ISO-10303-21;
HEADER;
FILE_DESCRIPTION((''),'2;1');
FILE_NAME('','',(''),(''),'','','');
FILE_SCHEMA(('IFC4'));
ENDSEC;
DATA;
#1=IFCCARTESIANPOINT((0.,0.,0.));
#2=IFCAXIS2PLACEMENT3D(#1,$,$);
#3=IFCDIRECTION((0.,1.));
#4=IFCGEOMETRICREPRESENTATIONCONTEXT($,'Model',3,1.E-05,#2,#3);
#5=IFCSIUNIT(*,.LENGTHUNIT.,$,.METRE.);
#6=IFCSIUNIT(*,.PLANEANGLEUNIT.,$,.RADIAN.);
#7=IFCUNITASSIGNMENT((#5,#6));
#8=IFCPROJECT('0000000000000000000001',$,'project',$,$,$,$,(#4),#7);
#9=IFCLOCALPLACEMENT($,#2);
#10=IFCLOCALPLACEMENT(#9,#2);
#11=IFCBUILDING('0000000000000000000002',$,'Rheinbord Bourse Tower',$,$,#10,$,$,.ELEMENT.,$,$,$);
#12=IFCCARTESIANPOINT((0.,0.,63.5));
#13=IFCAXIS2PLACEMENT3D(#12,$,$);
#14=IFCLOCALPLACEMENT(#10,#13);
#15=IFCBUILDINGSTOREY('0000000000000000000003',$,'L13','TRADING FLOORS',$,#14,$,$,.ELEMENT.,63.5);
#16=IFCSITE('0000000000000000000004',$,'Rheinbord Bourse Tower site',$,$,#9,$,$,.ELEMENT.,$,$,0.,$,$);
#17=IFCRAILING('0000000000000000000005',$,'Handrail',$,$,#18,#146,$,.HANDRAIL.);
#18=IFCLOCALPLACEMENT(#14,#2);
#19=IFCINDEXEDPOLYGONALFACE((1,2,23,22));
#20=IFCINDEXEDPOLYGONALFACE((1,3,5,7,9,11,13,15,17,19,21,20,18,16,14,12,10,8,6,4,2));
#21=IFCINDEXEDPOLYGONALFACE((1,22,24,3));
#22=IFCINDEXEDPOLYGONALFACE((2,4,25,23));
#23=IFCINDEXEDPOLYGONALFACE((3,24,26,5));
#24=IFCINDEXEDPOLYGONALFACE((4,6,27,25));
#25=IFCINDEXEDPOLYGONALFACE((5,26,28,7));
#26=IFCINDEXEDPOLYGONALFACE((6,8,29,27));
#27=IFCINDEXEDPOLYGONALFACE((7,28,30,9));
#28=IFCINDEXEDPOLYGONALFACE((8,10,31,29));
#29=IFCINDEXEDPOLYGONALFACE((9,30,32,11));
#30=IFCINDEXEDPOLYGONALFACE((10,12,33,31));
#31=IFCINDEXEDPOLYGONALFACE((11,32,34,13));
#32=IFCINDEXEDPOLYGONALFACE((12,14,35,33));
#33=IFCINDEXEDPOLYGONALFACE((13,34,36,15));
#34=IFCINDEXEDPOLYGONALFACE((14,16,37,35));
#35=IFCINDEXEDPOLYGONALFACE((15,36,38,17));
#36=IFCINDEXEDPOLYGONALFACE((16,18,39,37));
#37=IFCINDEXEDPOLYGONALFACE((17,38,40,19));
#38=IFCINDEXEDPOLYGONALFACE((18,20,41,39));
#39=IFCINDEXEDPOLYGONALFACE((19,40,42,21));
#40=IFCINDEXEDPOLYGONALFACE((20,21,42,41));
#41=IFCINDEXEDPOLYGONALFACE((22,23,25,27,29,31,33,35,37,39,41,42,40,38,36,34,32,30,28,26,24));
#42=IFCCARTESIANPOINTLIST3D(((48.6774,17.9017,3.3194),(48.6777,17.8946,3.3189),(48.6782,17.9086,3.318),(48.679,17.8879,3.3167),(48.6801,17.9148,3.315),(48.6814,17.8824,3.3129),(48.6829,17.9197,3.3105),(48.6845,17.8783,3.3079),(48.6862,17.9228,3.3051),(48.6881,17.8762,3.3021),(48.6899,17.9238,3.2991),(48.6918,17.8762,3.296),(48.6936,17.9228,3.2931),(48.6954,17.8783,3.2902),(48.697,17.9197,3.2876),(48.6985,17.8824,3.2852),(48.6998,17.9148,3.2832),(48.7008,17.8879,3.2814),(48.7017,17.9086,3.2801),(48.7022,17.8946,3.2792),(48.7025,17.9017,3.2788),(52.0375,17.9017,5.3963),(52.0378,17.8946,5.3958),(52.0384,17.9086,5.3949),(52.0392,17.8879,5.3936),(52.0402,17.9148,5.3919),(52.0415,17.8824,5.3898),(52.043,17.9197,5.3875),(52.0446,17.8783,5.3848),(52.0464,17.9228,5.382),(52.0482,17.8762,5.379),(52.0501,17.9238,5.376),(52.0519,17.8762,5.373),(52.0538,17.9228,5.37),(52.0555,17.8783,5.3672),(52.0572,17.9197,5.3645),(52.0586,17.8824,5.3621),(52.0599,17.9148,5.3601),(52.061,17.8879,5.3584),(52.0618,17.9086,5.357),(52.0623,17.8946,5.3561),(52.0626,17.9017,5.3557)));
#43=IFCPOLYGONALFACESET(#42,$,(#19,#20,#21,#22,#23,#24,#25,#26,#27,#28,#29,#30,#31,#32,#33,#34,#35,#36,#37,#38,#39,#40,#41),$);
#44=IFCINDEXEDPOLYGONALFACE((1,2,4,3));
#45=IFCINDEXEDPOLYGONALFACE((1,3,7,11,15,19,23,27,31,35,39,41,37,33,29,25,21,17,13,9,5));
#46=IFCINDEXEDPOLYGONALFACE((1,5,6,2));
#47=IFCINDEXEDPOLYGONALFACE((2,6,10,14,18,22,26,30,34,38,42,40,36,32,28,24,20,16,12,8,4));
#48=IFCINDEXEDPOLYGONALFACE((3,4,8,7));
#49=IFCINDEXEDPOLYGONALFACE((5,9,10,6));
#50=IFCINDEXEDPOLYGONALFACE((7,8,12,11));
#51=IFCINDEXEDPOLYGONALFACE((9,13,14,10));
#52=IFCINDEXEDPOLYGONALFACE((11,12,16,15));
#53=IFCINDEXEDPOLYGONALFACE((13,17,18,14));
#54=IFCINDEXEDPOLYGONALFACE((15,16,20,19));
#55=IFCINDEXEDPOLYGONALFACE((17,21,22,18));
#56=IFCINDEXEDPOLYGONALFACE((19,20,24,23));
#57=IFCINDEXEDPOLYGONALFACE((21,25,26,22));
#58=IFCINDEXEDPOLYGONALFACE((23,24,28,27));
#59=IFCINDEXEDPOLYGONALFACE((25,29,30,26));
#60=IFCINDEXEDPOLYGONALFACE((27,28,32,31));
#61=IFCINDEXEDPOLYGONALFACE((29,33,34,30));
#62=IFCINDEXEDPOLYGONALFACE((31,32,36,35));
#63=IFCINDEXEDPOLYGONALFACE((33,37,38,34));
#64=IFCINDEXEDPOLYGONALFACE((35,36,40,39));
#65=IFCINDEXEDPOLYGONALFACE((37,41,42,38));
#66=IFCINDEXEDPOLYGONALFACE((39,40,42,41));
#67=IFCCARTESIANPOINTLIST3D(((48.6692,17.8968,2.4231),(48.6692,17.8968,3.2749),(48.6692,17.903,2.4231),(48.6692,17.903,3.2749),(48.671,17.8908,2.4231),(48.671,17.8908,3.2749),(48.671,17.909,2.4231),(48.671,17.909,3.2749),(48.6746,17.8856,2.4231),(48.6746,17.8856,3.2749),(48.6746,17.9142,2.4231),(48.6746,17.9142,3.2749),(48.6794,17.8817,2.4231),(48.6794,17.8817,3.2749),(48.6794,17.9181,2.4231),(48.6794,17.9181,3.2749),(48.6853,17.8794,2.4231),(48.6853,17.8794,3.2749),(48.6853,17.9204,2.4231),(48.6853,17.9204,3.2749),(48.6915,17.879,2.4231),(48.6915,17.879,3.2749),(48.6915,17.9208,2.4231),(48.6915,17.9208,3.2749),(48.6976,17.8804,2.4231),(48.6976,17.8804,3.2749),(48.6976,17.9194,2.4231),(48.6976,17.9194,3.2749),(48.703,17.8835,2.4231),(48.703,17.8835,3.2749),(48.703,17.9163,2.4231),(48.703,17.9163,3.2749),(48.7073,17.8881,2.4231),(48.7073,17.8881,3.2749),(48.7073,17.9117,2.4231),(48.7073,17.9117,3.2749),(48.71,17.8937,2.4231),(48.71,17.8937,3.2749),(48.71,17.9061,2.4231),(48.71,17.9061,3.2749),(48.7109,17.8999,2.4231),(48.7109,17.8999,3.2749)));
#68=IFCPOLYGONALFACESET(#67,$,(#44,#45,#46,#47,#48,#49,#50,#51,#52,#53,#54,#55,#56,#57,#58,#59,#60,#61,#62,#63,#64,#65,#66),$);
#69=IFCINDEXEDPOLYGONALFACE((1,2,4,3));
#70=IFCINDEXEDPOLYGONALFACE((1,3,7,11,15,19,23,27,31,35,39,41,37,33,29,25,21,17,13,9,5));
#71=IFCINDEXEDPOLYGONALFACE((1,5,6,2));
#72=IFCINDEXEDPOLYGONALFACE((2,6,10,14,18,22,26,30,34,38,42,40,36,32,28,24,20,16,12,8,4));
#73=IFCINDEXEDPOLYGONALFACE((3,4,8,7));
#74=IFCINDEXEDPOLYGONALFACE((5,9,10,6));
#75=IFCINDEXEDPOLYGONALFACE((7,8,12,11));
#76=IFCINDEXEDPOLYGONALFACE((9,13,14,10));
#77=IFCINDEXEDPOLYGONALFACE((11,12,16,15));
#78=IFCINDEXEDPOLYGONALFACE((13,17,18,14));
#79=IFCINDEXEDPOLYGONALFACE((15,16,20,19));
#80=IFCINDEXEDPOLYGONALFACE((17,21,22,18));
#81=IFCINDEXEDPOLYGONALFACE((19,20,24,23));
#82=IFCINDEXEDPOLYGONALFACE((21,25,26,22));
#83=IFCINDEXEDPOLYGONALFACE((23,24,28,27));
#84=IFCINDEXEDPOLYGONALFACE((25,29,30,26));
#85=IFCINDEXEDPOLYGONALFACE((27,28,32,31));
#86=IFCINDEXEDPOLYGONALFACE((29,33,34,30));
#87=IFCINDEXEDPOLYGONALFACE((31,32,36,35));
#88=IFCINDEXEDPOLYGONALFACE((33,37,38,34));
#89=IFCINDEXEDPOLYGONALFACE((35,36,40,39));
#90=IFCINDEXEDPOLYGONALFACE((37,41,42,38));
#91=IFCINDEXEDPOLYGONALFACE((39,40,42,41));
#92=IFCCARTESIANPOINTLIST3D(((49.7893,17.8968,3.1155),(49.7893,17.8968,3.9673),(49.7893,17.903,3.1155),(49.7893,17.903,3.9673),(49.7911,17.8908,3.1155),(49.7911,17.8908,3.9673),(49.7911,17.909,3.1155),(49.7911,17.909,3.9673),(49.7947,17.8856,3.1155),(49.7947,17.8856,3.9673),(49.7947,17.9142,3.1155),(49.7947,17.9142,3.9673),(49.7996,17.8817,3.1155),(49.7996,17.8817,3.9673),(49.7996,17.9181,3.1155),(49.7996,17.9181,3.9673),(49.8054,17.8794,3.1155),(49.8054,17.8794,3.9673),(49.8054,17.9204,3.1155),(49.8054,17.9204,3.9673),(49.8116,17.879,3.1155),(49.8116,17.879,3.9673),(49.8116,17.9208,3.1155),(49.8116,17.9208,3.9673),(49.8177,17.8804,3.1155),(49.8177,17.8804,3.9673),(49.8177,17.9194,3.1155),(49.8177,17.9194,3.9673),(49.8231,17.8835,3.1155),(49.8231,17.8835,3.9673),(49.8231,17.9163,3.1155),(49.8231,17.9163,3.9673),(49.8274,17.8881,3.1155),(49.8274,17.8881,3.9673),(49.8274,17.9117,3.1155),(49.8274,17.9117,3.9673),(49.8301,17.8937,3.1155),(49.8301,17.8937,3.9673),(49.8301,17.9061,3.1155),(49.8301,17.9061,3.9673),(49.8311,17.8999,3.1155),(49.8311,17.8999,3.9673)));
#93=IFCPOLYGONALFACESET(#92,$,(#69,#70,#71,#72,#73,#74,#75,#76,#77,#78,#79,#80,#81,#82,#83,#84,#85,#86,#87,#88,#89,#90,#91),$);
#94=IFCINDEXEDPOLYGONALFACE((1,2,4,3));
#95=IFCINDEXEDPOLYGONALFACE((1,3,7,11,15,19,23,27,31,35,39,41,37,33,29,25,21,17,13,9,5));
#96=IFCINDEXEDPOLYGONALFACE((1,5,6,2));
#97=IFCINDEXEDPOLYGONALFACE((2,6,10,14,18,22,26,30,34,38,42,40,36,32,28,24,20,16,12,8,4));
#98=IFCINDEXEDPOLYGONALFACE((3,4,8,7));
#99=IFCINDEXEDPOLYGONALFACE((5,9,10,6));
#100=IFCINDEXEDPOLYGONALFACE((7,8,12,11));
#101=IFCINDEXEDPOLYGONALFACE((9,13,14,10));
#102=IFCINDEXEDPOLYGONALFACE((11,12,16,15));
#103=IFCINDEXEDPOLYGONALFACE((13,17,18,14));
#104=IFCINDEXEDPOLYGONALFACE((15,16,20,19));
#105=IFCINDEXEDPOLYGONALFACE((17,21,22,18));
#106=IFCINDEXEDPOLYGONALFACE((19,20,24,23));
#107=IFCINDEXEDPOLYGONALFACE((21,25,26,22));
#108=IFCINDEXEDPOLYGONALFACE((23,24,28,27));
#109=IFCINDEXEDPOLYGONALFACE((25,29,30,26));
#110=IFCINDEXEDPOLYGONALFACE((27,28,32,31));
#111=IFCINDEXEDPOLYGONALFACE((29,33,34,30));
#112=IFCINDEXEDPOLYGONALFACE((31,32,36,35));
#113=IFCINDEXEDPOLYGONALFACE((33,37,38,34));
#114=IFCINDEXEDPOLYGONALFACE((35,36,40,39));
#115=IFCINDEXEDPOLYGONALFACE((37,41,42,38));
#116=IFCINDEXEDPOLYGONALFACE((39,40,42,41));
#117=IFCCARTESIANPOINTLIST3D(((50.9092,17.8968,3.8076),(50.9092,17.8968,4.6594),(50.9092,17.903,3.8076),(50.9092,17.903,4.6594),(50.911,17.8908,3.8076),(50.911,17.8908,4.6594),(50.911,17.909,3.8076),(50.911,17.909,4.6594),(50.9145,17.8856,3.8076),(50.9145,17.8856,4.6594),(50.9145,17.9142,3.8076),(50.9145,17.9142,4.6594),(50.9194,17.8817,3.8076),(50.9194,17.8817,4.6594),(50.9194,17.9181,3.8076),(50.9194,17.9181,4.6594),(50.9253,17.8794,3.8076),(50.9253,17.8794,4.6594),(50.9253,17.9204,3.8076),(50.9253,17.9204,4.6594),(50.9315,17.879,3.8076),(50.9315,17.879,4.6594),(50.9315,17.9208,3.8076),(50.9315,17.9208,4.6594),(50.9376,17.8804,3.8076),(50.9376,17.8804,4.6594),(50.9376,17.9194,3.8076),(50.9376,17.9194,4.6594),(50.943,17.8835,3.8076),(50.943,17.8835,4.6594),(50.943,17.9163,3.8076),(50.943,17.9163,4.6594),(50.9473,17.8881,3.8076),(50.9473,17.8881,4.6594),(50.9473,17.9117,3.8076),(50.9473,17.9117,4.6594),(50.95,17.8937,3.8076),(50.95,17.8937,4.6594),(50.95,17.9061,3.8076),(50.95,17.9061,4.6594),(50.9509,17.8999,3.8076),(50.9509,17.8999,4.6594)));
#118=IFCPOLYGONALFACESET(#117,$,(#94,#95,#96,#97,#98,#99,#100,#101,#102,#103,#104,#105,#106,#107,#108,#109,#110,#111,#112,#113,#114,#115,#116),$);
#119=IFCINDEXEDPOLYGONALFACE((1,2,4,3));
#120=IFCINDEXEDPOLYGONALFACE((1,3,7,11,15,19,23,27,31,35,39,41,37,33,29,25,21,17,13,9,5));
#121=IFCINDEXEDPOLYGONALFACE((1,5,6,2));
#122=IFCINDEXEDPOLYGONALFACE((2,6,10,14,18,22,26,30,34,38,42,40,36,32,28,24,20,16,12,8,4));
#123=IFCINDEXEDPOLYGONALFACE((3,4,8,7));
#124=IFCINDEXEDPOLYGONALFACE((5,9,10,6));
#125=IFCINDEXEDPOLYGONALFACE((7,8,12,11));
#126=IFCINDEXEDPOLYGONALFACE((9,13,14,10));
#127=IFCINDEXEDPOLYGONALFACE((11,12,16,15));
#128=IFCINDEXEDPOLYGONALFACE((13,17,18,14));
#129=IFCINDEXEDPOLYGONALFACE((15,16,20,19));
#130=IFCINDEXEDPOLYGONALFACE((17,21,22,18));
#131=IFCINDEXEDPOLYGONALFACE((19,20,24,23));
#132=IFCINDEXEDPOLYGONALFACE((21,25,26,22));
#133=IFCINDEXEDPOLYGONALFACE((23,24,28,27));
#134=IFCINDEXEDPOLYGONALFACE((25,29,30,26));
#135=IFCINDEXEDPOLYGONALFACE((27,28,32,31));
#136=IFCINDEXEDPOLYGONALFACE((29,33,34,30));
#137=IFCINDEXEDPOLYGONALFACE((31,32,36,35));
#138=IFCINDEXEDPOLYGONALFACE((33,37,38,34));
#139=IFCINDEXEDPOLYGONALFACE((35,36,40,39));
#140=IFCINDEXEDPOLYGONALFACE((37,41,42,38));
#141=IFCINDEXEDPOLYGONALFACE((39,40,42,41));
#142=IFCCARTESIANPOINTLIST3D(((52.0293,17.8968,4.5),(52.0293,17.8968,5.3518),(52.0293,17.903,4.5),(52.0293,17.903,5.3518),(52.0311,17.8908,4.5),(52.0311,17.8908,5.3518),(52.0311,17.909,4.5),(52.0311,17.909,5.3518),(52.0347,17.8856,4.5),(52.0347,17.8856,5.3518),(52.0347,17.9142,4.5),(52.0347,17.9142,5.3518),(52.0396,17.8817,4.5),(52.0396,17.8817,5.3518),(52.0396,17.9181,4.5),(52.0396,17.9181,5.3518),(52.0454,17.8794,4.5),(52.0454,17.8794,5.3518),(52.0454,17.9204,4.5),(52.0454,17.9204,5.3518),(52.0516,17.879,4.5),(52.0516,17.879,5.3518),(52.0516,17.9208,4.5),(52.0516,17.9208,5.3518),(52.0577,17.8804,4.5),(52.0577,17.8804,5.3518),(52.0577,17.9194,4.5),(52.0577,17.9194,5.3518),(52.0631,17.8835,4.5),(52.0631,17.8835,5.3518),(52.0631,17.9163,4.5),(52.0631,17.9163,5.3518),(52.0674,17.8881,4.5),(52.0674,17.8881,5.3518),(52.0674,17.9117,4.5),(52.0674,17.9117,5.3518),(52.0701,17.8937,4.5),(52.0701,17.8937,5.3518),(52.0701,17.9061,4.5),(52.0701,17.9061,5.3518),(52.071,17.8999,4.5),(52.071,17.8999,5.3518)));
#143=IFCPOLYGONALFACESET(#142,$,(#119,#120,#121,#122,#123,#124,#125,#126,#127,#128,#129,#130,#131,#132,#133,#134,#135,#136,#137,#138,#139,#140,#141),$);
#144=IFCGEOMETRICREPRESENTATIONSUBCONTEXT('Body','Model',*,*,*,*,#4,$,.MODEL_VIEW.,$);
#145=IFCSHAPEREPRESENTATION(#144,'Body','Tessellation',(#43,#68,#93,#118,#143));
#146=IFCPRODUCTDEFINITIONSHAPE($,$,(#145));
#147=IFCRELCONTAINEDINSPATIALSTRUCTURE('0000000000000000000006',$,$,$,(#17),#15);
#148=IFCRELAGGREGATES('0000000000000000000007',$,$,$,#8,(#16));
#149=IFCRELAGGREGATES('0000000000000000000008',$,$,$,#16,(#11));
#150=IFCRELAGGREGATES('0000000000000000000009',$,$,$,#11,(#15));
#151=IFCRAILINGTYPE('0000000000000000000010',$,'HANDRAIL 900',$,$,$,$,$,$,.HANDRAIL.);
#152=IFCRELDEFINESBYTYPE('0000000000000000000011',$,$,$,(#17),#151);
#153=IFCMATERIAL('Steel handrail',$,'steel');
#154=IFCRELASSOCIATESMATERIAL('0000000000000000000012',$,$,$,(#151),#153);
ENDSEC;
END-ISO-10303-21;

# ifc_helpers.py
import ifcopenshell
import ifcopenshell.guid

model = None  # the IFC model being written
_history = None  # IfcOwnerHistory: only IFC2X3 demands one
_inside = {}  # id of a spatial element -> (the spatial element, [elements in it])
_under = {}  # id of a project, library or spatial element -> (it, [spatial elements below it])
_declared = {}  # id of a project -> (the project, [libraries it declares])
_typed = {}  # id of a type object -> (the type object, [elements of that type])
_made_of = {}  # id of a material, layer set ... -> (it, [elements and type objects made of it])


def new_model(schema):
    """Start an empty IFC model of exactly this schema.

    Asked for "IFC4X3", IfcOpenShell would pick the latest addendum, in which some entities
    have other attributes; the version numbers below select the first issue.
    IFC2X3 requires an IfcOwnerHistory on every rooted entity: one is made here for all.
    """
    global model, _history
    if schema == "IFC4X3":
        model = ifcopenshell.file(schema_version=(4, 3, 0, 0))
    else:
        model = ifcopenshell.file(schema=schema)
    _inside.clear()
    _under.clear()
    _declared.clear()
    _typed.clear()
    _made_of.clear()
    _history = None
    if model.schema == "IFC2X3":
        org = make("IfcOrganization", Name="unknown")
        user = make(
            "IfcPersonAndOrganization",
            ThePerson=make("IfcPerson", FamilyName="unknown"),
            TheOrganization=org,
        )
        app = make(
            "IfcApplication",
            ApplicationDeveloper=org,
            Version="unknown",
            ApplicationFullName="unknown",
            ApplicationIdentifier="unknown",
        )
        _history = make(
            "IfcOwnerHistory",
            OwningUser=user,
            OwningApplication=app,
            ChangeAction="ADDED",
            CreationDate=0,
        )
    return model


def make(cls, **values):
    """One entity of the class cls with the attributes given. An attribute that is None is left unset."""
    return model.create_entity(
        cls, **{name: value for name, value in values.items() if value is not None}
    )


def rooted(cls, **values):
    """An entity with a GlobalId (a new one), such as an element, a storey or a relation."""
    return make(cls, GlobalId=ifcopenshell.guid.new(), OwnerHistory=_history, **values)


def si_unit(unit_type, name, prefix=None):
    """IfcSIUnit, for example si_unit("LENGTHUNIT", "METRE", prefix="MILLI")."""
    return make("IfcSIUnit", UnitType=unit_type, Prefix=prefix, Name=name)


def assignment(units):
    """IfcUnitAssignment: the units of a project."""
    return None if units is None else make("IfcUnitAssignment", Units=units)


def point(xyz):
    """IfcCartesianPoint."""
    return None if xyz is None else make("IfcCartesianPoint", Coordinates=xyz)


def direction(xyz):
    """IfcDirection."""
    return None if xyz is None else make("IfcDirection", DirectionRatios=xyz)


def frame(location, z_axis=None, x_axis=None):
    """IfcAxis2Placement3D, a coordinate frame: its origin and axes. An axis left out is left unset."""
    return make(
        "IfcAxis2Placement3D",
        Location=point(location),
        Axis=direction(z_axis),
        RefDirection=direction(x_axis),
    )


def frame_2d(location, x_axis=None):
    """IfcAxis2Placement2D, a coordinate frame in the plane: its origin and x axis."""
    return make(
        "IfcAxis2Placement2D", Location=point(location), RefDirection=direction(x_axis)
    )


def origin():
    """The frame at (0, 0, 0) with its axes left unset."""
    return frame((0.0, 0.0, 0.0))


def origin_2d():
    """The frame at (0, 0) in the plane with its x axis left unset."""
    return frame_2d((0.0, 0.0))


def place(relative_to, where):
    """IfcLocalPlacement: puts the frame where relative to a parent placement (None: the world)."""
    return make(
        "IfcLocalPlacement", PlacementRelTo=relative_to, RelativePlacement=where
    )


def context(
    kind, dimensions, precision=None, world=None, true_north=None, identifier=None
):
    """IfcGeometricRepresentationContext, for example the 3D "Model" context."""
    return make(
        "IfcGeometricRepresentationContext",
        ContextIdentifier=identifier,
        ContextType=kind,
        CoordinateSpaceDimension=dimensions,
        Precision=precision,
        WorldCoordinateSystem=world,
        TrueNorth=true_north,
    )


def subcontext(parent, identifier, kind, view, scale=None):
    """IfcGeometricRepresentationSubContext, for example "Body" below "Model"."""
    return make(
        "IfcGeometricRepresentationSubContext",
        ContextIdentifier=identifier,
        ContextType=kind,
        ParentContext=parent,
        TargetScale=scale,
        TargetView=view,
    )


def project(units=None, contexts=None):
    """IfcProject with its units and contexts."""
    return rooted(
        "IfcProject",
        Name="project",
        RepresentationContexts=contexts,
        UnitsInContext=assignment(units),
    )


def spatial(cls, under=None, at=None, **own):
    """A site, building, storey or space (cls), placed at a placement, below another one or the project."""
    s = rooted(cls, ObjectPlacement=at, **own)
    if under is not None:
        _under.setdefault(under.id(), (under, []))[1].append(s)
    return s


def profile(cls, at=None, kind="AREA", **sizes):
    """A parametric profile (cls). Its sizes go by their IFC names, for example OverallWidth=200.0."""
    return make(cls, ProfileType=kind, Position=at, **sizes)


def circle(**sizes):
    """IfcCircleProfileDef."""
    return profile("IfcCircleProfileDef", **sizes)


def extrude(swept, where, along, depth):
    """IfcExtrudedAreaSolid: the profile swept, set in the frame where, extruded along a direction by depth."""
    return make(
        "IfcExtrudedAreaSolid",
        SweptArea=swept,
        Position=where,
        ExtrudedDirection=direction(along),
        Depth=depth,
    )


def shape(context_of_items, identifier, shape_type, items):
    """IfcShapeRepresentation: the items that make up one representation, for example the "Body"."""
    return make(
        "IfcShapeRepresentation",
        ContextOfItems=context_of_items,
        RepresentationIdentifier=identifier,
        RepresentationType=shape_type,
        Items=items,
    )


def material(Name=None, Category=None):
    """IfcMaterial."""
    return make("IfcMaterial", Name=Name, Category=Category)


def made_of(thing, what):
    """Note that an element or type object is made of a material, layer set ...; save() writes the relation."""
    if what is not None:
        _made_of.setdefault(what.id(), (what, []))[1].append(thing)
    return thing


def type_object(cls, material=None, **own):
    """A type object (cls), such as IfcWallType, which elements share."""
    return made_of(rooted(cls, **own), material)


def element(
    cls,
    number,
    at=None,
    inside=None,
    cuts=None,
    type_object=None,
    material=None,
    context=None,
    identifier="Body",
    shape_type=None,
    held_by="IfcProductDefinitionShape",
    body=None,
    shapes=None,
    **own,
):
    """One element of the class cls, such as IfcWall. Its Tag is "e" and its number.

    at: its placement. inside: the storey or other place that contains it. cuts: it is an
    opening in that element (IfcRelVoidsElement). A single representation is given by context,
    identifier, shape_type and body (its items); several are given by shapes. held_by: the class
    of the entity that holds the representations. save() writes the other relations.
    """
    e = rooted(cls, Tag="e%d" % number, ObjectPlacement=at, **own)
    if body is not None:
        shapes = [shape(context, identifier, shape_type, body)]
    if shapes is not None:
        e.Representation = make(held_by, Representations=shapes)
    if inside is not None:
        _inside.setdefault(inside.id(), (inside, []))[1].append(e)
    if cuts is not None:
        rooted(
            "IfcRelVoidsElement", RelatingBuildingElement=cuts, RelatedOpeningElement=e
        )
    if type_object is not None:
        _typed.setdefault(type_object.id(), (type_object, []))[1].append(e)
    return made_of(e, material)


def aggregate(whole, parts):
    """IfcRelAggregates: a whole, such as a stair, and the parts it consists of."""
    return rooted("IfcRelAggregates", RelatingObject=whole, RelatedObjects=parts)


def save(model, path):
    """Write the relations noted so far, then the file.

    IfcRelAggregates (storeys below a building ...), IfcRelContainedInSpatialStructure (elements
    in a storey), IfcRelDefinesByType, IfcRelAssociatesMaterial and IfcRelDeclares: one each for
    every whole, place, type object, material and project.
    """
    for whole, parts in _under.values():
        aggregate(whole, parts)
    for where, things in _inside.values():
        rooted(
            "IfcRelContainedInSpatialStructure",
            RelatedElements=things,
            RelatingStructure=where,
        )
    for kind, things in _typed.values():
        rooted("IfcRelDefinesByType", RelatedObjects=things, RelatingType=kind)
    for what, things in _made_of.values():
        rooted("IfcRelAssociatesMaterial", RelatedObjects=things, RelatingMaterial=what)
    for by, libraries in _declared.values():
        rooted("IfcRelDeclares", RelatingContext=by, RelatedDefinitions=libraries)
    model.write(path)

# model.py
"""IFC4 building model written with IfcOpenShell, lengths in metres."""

from ifc_helpers import new_model, si_unit, direction, frame, origin, origin_2d, place, context, subcontext, project, spatial, circle, extrude, material, type_object, element, save


model = new_model("IFC4")

# Units and contexts
model_context = context("Model", 3, precision=1e-05, world=origin(), true_north=direction((0.0, 1.0)))
body_context = subcontext(model_context, "Body", "Model", "MODEL_VIEW")
ifc_project = project(units=[si_unit("LENGTHUNIT", "METRE"), si_unit("PLANEANGLEUNIT", "RADIAN")], contexts=[model_context])

# Site, building, storey
site_placement = place(None, origin())
site = spatial("IfcSite", under=ifc_project, at=site_placement, Name="Rheinbord Bourse Tower site", CompositionType="ELEMENT", RefElevation=0.0)
building_placement = place(site_placement, origin())
building = spatial("IfcBuilding", under=site, at=building_placement, Name="Rheinbord Bourse Tower", CompositionType="ELEMENT")
storey_placement = place(building_placement, frame((0.0, 0.0, 63.5)))
storey = spatial("IfcBuildingStorey", under=building, at=storey_placement, Name="L13", Description="TRADING FLOORS", CompositionType="ELEMENT", Elevation=63.5)

# Railing
ifc_material_1 = material(Name="Steel handrail", Category="steel")
railing_type = type_object("IfcRailingType", Name="HANDRAIL 900", PredefinedType="HANDRAIL", material=ifc_material_1)
railing_1_placement = place(storey_placement, frame((48.6899, 17.8999, 2.4231)))
element("IfcRailing", 1, at=railing_1_placement, inside=storey, type_object=railing_type, Name="Handrail", PredefinedType="HANDRAIL", context=body_context, shape_type="SweptSolid", body=[
    extrude(circle(Radius=0.0239, at=origin_2d()), frame((0.0, 0.0, 0.876), z_axis=(0.850623, 0.0, 0.525776), x_axis=(0.0, 1.0, 0.0)), (0.0, 0.0, 1.0), 3.9502),
    extrude(circle(Radius=0.021, at=origin_2d()), origin(), (0.0, 0.0, 1.0), 0.8518),
    extrude(circle(Radius=0.021, at=origin_2d()), frame((1.1201, 0.0, 0.6924)), (0.0, 0.0, 1.0), 0.8518),
    extrude(circle(Radius=0.021, at=origin_2d()), frame((2.24, 0.0, 1.3845)), (0.0, 0.0, 1.0), 0.8518),
    extrude(circle(Radius=0.021, at=origin_2d()), frame((3.3601, 0.0, 2.0769)), (0.0, 0.0, 1.0), 0.8518),
])

save(model, "model.ifc")
